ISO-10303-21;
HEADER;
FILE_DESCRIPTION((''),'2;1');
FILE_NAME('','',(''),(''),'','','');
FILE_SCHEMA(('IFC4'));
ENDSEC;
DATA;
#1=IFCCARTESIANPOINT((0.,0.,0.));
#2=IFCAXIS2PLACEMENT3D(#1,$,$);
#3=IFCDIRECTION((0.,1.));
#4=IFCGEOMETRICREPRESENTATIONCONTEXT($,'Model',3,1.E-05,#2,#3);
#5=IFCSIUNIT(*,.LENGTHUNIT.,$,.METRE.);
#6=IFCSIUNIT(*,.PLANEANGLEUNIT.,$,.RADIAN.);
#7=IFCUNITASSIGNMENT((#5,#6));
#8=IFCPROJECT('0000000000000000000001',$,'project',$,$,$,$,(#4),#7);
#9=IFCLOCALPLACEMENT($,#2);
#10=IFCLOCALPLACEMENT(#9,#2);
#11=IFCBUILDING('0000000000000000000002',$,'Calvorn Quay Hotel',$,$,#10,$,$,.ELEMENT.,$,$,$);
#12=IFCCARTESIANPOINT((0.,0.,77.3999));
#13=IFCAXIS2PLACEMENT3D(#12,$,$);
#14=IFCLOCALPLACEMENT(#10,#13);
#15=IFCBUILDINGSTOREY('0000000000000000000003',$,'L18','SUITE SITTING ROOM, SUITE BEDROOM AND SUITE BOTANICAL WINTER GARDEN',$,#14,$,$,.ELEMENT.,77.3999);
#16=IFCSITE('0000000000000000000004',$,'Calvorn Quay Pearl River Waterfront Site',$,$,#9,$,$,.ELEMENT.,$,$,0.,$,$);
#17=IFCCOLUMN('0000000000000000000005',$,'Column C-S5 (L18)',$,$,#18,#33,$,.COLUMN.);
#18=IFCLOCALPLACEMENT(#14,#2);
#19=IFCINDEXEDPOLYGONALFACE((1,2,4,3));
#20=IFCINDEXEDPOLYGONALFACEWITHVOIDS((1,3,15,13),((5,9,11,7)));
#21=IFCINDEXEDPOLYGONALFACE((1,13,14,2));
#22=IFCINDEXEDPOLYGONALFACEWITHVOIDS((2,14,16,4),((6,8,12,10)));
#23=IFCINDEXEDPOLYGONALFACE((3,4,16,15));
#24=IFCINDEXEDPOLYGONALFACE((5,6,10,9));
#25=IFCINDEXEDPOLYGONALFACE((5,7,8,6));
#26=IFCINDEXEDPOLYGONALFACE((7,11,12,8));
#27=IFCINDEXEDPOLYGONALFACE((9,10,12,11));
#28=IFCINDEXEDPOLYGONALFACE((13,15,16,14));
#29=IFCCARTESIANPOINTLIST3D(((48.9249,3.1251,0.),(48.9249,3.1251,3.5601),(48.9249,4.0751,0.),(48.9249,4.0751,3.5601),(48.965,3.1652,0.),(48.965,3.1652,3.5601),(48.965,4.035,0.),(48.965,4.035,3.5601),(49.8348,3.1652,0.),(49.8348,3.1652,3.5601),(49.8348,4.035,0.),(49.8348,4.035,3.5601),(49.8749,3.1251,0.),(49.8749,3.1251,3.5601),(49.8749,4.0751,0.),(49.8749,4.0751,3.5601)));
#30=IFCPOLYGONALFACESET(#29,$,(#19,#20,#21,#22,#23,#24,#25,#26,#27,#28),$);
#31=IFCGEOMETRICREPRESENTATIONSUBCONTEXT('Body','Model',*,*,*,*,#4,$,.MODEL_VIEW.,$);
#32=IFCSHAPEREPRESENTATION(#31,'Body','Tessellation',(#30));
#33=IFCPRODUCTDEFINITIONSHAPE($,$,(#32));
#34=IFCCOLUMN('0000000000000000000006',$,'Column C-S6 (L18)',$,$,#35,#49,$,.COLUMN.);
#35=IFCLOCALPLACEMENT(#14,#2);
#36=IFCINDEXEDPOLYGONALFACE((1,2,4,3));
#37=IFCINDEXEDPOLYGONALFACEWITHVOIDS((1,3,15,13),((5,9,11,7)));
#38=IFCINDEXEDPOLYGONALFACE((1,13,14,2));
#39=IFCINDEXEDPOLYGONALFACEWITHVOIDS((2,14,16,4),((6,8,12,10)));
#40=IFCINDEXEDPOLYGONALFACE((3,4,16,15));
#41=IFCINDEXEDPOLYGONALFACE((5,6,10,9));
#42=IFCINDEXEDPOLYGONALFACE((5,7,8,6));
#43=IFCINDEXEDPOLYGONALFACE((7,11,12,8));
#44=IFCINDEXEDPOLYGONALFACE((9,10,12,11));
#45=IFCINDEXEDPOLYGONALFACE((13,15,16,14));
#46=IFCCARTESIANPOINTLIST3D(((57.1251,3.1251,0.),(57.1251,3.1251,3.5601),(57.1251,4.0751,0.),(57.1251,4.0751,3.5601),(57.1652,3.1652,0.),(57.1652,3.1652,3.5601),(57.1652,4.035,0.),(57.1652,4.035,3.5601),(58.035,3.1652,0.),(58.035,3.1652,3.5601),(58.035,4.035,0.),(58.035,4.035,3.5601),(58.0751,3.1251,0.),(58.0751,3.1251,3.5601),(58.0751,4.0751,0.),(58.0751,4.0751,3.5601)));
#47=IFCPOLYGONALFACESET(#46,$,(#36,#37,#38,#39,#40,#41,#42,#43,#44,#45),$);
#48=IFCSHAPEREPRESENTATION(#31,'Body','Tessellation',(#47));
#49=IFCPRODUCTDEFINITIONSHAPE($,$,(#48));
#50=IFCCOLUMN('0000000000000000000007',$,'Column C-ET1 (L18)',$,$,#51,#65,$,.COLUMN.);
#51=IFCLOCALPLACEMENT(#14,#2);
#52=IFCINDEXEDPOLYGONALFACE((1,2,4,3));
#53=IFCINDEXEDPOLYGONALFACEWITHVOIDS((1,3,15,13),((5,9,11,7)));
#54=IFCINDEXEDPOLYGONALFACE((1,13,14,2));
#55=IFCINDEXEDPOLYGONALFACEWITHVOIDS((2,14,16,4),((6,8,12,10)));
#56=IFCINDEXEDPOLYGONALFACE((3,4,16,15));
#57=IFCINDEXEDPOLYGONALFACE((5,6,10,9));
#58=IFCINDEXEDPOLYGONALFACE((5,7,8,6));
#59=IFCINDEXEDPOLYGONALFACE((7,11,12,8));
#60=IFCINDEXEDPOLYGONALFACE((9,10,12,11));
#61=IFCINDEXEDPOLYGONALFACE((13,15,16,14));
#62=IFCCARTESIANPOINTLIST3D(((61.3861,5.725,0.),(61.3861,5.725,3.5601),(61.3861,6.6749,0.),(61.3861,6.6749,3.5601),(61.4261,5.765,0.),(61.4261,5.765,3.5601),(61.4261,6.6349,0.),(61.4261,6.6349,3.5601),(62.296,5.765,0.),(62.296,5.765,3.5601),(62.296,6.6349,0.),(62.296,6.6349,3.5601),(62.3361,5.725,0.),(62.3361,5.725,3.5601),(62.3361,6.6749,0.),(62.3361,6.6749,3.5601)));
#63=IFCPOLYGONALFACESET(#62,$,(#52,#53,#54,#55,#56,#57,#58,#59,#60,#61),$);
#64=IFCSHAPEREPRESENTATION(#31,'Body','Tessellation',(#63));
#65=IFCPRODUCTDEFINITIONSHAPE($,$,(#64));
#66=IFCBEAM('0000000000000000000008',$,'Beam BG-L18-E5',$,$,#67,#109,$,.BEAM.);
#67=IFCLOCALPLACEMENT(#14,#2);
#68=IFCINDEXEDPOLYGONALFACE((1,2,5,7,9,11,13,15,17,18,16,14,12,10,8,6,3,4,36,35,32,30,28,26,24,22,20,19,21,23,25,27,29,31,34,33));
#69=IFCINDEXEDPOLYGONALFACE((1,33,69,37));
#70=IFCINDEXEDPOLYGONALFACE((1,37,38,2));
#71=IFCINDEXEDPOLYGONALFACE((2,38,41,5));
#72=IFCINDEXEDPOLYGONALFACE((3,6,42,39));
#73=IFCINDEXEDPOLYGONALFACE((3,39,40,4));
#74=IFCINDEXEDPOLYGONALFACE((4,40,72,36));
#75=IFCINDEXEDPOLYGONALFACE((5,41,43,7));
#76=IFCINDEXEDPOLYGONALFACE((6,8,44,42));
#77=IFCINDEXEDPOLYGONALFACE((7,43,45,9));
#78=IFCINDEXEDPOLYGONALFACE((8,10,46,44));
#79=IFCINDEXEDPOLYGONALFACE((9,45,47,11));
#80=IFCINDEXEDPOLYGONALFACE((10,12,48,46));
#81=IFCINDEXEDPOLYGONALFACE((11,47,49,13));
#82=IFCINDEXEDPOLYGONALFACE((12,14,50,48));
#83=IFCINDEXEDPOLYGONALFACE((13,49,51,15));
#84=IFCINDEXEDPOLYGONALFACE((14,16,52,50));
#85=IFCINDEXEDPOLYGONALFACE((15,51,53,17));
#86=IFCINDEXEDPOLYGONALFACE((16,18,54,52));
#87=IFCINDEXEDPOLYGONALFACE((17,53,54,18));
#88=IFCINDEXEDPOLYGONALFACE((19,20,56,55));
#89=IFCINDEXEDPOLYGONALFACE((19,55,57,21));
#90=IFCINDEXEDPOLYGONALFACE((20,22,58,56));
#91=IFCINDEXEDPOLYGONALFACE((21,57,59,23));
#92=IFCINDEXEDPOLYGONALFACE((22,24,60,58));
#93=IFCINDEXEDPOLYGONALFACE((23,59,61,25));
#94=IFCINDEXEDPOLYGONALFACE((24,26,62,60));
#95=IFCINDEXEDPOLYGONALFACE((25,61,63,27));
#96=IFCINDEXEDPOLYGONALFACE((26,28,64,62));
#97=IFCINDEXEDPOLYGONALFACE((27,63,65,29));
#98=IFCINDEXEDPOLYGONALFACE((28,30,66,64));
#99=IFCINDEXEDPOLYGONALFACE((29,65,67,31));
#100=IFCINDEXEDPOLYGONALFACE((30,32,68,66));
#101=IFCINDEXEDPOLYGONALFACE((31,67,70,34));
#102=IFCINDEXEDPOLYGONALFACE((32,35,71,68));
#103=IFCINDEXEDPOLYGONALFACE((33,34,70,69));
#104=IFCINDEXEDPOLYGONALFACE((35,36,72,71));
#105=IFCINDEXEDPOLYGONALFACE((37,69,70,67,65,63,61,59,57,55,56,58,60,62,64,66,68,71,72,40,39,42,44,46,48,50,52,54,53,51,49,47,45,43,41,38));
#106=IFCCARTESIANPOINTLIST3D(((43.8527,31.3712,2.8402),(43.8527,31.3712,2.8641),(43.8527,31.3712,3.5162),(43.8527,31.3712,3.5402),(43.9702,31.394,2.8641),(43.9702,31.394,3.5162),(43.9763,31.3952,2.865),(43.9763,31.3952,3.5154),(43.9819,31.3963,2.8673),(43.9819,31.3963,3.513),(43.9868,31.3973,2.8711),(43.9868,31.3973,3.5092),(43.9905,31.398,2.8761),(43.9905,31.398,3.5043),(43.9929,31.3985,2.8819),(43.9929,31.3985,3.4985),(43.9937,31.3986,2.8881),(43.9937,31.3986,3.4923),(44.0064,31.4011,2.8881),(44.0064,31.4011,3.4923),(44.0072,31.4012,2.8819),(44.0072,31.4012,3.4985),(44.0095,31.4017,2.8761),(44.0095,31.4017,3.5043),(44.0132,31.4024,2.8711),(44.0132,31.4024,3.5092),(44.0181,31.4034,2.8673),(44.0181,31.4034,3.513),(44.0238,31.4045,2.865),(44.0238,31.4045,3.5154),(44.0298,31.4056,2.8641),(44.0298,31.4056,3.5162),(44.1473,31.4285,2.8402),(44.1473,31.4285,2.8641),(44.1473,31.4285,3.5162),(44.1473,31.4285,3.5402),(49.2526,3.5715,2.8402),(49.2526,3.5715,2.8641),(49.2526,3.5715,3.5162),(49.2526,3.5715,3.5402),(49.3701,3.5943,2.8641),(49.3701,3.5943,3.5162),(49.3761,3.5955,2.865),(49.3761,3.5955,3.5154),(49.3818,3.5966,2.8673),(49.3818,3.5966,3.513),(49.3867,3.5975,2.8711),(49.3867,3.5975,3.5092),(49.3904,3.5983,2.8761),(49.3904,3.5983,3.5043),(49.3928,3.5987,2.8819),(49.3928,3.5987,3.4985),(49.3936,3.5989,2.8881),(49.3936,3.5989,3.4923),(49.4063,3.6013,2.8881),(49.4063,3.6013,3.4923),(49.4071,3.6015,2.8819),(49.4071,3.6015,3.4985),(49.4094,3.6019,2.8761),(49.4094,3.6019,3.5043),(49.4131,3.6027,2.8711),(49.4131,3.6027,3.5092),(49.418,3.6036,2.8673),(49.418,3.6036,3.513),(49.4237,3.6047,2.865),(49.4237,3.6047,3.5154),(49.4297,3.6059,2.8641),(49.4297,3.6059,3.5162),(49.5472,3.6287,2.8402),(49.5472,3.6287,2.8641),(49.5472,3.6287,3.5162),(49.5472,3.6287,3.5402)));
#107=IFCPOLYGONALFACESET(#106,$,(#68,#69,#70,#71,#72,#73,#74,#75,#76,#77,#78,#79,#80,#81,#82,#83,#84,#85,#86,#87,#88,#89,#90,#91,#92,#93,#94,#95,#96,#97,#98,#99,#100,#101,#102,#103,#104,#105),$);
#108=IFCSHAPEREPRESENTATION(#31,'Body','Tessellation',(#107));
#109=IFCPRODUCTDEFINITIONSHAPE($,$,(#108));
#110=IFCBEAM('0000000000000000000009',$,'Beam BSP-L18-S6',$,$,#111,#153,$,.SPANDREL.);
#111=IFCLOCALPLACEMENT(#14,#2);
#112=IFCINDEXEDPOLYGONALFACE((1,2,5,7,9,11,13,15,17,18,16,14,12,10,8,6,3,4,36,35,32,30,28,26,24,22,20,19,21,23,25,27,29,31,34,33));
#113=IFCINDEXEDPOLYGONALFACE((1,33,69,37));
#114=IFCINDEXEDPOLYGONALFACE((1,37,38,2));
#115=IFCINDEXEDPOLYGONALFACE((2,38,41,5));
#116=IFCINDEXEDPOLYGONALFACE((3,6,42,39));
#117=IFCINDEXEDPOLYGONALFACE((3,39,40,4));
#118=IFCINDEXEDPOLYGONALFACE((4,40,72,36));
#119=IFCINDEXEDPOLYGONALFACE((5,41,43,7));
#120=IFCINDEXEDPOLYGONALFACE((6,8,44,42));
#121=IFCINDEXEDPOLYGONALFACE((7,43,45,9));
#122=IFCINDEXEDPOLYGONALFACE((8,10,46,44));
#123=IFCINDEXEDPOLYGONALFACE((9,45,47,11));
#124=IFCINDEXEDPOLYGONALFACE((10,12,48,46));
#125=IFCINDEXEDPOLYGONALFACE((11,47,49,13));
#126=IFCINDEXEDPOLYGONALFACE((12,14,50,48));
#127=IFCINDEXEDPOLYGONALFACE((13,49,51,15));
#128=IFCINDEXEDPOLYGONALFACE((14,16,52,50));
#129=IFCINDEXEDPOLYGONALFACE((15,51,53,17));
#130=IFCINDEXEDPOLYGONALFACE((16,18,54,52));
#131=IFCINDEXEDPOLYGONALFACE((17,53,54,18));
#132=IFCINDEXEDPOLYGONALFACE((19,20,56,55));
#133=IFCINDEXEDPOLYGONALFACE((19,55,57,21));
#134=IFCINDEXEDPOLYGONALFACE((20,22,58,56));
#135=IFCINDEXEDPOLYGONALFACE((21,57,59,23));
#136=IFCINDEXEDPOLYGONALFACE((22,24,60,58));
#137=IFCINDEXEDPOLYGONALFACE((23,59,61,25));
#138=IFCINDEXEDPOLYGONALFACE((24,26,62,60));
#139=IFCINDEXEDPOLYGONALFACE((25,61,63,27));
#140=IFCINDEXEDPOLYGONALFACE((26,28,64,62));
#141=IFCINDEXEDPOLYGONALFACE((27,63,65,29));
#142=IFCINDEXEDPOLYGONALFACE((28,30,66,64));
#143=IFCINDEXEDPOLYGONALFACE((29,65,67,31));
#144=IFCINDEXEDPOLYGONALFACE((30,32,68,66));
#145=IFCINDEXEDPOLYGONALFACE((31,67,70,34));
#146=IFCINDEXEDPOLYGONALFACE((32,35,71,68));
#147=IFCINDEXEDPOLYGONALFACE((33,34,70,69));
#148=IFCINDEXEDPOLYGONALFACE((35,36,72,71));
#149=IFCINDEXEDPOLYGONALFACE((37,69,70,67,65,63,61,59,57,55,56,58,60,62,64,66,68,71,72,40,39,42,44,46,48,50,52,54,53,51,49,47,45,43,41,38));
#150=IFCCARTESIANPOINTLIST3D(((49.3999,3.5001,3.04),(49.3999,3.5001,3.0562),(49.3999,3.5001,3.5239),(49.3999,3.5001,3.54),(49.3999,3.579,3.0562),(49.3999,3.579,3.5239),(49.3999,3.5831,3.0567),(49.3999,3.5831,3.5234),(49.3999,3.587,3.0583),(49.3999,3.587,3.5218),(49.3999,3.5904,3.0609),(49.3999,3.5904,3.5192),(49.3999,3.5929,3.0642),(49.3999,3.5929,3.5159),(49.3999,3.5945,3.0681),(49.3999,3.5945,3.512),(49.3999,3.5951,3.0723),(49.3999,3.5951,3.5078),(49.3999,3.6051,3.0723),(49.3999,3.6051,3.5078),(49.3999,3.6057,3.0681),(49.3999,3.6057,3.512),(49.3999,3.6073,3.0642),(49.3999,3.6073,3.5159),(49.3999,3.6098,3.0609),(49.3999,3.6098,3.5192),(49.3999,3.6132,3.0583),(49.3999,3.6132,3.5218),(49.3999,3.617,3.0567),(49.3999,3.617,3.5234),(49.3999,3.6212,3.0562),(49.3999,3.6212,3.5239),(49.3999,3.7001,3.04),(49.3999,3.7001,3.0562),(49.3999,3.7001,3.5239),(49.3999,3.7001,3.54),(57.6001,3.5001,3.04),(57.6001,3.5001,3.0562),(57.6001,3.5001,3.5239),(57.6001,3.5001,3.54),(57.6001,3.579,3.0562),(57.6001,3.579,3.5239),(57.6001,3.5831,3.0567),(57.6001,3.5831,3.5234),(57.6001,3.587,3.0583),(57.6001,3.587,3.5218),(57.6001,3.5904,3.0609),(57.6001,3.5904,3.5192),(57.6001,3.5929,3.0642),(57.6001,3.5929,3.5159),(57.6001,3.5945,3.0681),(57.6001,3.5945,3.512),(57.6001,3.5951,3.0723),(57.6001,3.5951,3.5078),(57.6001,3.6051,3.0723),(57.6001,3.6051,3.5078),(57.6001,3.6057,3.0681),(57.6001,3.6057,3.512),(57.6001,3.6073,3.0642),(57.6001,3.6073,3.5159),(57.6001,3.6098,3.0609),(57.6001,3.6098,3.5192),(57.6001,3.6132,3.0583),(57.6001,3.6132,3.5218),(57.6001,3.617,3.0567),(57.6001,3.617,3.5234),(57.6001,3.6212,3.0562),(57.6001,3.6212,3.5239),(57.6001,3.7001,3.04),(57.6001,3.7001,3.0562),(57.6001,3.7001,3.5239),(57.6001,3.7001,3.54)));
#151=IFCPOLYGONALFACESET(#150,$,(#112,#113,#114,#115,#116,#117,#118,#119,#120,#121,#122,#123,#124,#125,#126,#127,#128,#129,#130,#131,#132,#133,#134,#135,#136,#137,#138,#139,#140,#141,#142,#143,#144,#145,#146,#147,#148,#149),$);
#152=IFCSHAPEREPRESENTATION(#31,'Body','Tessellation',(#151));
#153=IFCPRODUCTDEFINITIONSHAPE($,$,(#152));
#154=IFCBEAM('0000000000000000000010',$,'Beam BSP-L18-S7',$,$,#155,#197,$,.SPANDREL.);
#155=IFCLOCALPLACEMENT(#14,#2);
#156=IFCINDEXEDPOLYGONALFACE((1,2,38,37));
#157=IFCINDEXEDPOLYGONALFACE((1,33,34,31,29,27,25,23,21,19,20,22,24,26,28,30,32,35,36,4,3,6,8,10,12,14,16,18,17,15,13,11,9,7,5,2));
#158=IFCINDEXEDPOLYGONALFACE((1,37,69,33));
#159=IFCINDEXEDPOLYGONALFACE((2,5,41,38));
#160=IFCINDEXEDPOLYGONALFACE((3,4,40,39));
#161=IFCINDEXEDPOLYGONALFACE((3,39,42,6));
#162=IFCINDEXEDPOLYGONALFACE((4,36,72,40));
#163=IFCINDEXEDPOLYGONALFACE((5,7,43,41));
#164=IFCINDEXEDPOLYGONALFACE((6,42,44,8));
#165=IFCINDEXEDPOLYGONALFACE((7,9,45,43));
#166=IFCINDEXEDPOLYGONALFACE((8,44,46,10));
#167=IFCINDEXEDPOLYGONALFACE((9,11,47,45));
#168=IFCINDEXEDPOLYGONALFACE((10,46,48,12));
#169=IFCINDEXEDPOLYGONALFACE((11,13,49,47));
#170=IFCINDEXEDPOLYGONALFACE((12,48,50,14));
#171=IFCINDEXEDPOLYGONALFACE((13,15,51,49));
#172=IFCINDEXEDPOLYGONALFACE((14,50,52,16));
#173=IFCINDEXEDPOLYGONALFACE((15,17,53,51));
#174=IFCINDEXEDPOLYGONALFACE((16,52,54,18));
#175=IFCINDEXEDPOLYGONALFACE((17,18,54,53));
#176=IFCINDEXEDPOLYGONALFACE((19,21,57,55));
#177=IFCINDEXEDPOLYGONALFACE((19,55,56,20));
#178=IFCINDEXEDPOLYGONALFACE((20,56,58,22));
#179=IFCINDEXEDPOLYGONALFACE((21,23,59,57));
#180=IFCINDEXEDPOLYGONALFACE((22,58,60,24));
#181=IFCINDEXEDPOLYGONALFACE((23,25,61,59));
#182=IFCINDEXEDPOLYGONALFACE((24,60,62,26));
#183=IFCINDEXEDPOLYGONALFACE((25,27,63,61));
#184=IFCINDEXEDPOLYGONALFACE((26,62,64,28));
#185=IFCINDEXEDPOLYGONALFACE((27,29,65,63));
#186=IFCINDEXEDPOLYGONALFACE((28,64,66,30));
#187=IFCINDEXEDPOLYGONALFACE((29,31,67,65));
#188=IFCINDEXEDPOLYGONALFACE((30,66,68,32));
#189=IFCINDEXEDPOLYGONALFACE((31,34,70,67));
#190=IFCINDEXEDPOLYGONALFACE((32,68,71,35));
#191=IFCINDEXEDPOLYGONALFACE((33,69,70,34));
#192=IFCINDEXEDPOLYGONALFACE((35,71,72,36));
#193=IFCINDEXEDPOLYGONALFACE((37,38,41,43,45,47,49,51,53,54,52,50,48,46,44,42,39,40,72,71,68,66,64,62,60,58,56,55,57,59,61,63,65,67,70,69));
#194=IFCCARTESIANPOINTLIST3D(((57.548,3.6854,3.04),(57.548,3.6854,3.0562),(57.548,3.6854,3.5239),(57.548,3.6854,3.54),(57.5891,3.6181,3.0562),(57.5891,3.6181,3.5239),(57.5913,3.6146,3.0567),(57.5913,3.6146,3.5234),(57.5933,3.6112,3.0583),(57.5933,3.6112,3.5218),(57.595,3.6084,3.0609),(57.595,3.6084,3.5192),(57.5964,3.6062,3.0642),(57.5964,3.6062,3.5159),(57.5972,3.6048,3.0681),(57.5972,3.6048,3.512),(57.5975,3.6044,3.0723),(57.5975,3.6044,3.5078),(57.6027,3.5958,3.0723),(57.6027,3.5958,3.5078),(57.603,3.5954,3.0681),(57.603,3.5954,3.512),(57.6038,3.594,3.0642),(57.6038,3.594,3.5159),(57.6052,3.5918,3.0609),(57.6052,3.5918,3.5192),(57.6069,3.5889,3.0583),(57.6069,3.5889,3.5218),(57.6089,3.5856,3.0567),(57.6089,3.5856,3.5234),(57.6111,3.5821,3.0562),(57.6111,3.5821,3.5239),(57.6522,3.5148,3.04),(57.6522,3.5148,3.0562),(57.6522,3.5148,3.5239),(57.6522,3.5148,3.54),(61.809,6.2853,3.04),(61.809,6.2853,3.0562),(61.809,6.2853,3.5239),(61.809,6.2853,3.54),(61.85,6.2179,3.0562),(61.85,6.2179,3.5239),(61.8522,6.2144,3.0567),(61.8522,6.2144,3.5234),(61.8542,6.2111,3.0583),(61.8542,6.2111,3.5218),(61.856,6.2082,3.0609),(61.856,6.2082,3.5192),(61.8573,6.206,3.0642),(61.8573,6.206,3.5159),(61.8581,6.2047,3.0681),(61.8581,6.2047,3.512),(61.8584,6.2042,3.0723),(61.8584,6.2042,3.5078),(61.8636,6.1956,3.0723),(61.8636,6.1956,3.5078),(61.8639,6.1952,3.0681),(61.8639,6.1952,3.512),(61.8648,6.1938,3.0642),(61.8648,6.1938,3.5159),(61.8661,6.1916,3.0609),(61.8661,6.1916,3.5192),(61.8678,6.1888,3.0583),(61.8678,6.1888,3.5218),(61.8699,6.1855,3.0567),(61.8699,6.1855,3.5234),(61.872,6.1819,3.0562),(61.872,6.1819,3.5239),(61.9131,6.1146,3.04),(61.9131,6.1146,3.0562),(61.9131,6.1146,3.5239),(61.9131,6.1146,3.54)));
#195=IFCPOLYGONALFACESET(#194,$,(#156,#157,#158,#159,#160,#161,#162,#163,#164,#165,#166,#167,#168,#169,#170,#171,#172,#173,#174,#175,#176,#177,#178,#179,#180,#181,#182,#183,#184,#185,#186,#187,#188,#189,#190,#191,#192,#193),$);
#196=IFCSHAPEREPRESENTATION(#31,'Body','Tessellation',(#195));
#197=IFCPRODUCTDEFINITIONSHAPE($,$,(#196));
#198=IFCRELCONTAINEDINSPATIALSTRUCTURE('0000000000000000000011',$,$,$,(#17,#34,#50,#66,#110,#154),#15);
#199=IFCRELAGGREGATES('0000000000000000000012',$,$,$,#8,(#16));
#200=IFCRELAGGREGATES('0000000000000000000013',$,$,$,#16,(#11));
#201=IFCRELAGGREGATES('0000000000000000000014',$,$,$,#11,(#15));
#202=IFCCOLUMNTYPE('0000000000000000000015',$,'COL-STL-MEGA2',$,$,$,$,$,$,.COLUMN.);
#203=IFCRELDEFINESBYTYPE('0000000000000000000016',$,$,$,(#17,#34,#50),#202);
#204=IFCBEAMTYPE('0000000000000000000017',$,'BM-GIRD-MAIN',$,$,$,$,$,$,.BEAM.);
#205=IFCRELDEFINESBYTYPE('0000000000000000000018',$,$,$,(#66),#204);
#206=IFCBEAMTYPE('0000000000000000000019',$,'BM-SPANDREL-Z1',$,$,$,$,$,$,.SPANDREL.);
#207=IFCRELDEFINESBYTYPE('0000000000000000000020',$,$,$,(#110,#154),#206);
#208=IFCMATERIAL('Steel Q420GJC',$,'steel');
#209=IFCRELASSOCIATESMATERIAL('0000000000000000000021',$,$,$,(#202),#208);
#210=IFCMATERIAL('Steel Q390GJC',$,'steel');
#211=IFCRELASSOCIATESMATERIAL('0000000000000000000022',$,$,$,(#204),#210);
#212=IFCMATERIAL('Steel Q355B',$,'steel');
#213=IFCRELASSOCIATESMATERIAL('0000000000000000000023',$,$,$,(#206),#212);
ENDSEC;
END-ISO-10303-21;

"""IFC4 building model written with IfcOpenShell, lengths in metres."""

from ifc_helpers import new_model, si_unit, direction, frame, origin, origin_2d, place, context, subcontext, project, spatial, hollow_rectangle, i_section, extrude, material, material_profile, profile_set, type_object, element, save


model = new_model("IFC4")

# Units and contexts
model_context = context("Model", 3, precision=1e-05, world=origin(), true_north=direction((0.0, 1.0)))
body_context = subcontext(model_context, "Body", "Model", "MODEL_VIEW")
ifc_project = project(units=[si_unit("LENGTHUNIT", "METRE"), si_unit("PLANEANGLEUNIT", "RADIAN")], contexts=[model_context])

# Site, building, storey
site_placement = place(None, origin())
site = spatial("IfcSite", under=ifc_project, at=site_placement, Name="Calvorn Quay Pearl River Waterfront Site", CompositionType="ELEMENT", RefElevation=0.0)
building_placement = place(site_placement, origin())
building = spatial("IfcBuilding", under=site, at=building_placement, Name="Calvorn Quay Hotel", CompositionType="ELEMENT")
storey_placement = place(building_placement, frame((0.0, 0.0, 77.3999)))
storey = spatial("IfcBuildingStorey", under=building, at=storey_placement, Name="L18", Description="SUITE SITTING ROOM, SUITE BEDROOM AND SUITE BOTANICAL WINTER GARDEN", CompositionType="ELEMENT", Elevation=77.3999)

# Columns
ifc_material_1 = material(Name="Steel Q420GJC", Category="steel")
ifc_material_profile_1 = material_profile(ifc_material_1, hollow_rectangle(XDim=0.95, YDim=0.95, WallThickness=0.04, at=origin_2d()), Name="BOX950x950x40")
ifc_profile_set_1 = profile_set([ifc_material_profile_1], Name="Steel Q420GJC")
column_type = type_object("IfcColumnType", Name="COL-STL-MEGA2", PredefinedType="COLUMN", material=ifc_profile_set_1)
for number, where, z_axis, x_axis, name in (
    (1, (49.3999, 3.6001, 0.0), (0.0, 0.0, 1.0), (1.0, 0.0, 0.0), "Column C-S5 (L18)"),
    (2, (57.6001, 3.6001, 0.0), (0.0, 0.0, 1.0), (1.0, 0.0, 0.0), "Column C-S6 (L18)"),
    (3, (61.8611, 6.2, 0.0), (0.0, 0.0, 1.0), (1.0, 0.0, 0.0), "Column C-ET1 (L18)"),
):
    element("IfcColumn", number, at=place(storey_placement, frame(where, z_axis=z_axis, x_axis=x_axis)), inside=storey, type_object=column_type, Name=name, PredefinedType="COLUMN", context=body_context, shape_type="SweptSolid", body=[
        extrude(hollow_rectangle(XDim=0.95, YDim=0.95, WallThickness=0.04, at=origin_2d()), origin(), (0.0, 0.0, 1.0), 3.5601),
    ])

# Beams
ifc_material_2 = material(Name="Steel Q390GJC", Category="steel")
ifc_material_profile_2 = material_profile(ifc_material_2, i_section(OverallWidth=0.3, OverallDepth=0.7, WebThickness=0.0129, FlangeThickness=0.0239, FilletRadius=0.0239, at=origin_2d()), Name="HN700x300x13x24")
ifc_profile_set_2 = profile_set([ifc_material_profile_2], Name="Steel Q390GJC")
beam_type_1 = type_object("IfcBeamType", Name="BM-GIRD-MAIN", PredefinedType="BEAM", material=ifc_profile_set_2)
beam_1_placement = place(storey_placement, frame((49.3999, 3.6001, 3.1902), z_axis=(-0.190679, 0.981653, 0.0), x_axis=(-0.981653, -0.190679, 0.0)))
element("IfcBeam", 4, at=beam_1_placement, inside=storey, type_object=beam_type_1, Name="Beam BG-L18-E5", PredefinedType="BEAM", context=body_context, shape_type="SweptSolid", body=[
    extrude(i_section(OverallWidth=0.3, OverallDepth=0.7, WebThickness=0.0129, FlangeThickness=0.0239, FilletRadius=0.0239, at=origin_2d()), origin(), (0.0, 0.0, 1.0), 28.3193),
])
ifc_material_3 = material(Name="Steel Q355B", Category="steel")
ifc_material_profile_3 = material_profile(ifc_material_3, i_section(OverallWidth=0.2, OverallDepth=0.5, WebThickness=0.01, FlangeThickness=0.0161, FilletRadius=0.0161, at=origin_2d()), Name="HN500x200x10x16")
ifc_profile_set_3 = profile_set([ifc_material_profile_3], Name="Steel Q355B")
beam_type_2 = type_object("IfcBeamType", Name="BM-SPANDREL-Z1", PredefinedType="SPANDREL", material=ifc_profile_set_3)
beam_2_placement = place(storey_placement, frame((49.3999, 3.6001, 3.29), z_axis=(1.0, 0.0, 0.0), x_axis=(0.0, 1.0, 0.0)))
element("IfcBeam", 5, at=beam_2_placement, inside=storey, type_object=beam_type_2, Name="Beam BSP-L18-S6", PredefinedType="SPANDREL", context=body_context, shape_type="SweptSolid", body=[
    extrude(i_section(OverallWidth=0.2, OverallDepth=0.5, WebThickness=0.01, FlangeThickness=0.0161, FilletRadius=0.0161, at=origin_2d()), origin(), (0.0, 0.0, 1.0), 8.2002),
])
beam_3_placement = place(storey_placement, frame((57.6001, 3.6001, 3.29), z_axis=(0.853646, 0.520854, 0.0), x_axis=(-0.520854, 0.853646, 0.0)))
element("IfcBeam", 6, at=beam_3_placement, inside=storey, type_object=beam_type_2, Name="Beam BSP-L18-S7", PredefinedType="SPANDREL", context=body_context, shape_type="SweptSolid", body=[
    extrude(i_section(OverallWidth=0.2, OverallDepth=0.5, WebThickness=0.01, FlangeThickness=0.0161, FilletRadius=0.0161, at=origin_2d()), origin(), (0.0, 0.0, 1.0), 4.9915),
])

save(model, "model.ifc")
